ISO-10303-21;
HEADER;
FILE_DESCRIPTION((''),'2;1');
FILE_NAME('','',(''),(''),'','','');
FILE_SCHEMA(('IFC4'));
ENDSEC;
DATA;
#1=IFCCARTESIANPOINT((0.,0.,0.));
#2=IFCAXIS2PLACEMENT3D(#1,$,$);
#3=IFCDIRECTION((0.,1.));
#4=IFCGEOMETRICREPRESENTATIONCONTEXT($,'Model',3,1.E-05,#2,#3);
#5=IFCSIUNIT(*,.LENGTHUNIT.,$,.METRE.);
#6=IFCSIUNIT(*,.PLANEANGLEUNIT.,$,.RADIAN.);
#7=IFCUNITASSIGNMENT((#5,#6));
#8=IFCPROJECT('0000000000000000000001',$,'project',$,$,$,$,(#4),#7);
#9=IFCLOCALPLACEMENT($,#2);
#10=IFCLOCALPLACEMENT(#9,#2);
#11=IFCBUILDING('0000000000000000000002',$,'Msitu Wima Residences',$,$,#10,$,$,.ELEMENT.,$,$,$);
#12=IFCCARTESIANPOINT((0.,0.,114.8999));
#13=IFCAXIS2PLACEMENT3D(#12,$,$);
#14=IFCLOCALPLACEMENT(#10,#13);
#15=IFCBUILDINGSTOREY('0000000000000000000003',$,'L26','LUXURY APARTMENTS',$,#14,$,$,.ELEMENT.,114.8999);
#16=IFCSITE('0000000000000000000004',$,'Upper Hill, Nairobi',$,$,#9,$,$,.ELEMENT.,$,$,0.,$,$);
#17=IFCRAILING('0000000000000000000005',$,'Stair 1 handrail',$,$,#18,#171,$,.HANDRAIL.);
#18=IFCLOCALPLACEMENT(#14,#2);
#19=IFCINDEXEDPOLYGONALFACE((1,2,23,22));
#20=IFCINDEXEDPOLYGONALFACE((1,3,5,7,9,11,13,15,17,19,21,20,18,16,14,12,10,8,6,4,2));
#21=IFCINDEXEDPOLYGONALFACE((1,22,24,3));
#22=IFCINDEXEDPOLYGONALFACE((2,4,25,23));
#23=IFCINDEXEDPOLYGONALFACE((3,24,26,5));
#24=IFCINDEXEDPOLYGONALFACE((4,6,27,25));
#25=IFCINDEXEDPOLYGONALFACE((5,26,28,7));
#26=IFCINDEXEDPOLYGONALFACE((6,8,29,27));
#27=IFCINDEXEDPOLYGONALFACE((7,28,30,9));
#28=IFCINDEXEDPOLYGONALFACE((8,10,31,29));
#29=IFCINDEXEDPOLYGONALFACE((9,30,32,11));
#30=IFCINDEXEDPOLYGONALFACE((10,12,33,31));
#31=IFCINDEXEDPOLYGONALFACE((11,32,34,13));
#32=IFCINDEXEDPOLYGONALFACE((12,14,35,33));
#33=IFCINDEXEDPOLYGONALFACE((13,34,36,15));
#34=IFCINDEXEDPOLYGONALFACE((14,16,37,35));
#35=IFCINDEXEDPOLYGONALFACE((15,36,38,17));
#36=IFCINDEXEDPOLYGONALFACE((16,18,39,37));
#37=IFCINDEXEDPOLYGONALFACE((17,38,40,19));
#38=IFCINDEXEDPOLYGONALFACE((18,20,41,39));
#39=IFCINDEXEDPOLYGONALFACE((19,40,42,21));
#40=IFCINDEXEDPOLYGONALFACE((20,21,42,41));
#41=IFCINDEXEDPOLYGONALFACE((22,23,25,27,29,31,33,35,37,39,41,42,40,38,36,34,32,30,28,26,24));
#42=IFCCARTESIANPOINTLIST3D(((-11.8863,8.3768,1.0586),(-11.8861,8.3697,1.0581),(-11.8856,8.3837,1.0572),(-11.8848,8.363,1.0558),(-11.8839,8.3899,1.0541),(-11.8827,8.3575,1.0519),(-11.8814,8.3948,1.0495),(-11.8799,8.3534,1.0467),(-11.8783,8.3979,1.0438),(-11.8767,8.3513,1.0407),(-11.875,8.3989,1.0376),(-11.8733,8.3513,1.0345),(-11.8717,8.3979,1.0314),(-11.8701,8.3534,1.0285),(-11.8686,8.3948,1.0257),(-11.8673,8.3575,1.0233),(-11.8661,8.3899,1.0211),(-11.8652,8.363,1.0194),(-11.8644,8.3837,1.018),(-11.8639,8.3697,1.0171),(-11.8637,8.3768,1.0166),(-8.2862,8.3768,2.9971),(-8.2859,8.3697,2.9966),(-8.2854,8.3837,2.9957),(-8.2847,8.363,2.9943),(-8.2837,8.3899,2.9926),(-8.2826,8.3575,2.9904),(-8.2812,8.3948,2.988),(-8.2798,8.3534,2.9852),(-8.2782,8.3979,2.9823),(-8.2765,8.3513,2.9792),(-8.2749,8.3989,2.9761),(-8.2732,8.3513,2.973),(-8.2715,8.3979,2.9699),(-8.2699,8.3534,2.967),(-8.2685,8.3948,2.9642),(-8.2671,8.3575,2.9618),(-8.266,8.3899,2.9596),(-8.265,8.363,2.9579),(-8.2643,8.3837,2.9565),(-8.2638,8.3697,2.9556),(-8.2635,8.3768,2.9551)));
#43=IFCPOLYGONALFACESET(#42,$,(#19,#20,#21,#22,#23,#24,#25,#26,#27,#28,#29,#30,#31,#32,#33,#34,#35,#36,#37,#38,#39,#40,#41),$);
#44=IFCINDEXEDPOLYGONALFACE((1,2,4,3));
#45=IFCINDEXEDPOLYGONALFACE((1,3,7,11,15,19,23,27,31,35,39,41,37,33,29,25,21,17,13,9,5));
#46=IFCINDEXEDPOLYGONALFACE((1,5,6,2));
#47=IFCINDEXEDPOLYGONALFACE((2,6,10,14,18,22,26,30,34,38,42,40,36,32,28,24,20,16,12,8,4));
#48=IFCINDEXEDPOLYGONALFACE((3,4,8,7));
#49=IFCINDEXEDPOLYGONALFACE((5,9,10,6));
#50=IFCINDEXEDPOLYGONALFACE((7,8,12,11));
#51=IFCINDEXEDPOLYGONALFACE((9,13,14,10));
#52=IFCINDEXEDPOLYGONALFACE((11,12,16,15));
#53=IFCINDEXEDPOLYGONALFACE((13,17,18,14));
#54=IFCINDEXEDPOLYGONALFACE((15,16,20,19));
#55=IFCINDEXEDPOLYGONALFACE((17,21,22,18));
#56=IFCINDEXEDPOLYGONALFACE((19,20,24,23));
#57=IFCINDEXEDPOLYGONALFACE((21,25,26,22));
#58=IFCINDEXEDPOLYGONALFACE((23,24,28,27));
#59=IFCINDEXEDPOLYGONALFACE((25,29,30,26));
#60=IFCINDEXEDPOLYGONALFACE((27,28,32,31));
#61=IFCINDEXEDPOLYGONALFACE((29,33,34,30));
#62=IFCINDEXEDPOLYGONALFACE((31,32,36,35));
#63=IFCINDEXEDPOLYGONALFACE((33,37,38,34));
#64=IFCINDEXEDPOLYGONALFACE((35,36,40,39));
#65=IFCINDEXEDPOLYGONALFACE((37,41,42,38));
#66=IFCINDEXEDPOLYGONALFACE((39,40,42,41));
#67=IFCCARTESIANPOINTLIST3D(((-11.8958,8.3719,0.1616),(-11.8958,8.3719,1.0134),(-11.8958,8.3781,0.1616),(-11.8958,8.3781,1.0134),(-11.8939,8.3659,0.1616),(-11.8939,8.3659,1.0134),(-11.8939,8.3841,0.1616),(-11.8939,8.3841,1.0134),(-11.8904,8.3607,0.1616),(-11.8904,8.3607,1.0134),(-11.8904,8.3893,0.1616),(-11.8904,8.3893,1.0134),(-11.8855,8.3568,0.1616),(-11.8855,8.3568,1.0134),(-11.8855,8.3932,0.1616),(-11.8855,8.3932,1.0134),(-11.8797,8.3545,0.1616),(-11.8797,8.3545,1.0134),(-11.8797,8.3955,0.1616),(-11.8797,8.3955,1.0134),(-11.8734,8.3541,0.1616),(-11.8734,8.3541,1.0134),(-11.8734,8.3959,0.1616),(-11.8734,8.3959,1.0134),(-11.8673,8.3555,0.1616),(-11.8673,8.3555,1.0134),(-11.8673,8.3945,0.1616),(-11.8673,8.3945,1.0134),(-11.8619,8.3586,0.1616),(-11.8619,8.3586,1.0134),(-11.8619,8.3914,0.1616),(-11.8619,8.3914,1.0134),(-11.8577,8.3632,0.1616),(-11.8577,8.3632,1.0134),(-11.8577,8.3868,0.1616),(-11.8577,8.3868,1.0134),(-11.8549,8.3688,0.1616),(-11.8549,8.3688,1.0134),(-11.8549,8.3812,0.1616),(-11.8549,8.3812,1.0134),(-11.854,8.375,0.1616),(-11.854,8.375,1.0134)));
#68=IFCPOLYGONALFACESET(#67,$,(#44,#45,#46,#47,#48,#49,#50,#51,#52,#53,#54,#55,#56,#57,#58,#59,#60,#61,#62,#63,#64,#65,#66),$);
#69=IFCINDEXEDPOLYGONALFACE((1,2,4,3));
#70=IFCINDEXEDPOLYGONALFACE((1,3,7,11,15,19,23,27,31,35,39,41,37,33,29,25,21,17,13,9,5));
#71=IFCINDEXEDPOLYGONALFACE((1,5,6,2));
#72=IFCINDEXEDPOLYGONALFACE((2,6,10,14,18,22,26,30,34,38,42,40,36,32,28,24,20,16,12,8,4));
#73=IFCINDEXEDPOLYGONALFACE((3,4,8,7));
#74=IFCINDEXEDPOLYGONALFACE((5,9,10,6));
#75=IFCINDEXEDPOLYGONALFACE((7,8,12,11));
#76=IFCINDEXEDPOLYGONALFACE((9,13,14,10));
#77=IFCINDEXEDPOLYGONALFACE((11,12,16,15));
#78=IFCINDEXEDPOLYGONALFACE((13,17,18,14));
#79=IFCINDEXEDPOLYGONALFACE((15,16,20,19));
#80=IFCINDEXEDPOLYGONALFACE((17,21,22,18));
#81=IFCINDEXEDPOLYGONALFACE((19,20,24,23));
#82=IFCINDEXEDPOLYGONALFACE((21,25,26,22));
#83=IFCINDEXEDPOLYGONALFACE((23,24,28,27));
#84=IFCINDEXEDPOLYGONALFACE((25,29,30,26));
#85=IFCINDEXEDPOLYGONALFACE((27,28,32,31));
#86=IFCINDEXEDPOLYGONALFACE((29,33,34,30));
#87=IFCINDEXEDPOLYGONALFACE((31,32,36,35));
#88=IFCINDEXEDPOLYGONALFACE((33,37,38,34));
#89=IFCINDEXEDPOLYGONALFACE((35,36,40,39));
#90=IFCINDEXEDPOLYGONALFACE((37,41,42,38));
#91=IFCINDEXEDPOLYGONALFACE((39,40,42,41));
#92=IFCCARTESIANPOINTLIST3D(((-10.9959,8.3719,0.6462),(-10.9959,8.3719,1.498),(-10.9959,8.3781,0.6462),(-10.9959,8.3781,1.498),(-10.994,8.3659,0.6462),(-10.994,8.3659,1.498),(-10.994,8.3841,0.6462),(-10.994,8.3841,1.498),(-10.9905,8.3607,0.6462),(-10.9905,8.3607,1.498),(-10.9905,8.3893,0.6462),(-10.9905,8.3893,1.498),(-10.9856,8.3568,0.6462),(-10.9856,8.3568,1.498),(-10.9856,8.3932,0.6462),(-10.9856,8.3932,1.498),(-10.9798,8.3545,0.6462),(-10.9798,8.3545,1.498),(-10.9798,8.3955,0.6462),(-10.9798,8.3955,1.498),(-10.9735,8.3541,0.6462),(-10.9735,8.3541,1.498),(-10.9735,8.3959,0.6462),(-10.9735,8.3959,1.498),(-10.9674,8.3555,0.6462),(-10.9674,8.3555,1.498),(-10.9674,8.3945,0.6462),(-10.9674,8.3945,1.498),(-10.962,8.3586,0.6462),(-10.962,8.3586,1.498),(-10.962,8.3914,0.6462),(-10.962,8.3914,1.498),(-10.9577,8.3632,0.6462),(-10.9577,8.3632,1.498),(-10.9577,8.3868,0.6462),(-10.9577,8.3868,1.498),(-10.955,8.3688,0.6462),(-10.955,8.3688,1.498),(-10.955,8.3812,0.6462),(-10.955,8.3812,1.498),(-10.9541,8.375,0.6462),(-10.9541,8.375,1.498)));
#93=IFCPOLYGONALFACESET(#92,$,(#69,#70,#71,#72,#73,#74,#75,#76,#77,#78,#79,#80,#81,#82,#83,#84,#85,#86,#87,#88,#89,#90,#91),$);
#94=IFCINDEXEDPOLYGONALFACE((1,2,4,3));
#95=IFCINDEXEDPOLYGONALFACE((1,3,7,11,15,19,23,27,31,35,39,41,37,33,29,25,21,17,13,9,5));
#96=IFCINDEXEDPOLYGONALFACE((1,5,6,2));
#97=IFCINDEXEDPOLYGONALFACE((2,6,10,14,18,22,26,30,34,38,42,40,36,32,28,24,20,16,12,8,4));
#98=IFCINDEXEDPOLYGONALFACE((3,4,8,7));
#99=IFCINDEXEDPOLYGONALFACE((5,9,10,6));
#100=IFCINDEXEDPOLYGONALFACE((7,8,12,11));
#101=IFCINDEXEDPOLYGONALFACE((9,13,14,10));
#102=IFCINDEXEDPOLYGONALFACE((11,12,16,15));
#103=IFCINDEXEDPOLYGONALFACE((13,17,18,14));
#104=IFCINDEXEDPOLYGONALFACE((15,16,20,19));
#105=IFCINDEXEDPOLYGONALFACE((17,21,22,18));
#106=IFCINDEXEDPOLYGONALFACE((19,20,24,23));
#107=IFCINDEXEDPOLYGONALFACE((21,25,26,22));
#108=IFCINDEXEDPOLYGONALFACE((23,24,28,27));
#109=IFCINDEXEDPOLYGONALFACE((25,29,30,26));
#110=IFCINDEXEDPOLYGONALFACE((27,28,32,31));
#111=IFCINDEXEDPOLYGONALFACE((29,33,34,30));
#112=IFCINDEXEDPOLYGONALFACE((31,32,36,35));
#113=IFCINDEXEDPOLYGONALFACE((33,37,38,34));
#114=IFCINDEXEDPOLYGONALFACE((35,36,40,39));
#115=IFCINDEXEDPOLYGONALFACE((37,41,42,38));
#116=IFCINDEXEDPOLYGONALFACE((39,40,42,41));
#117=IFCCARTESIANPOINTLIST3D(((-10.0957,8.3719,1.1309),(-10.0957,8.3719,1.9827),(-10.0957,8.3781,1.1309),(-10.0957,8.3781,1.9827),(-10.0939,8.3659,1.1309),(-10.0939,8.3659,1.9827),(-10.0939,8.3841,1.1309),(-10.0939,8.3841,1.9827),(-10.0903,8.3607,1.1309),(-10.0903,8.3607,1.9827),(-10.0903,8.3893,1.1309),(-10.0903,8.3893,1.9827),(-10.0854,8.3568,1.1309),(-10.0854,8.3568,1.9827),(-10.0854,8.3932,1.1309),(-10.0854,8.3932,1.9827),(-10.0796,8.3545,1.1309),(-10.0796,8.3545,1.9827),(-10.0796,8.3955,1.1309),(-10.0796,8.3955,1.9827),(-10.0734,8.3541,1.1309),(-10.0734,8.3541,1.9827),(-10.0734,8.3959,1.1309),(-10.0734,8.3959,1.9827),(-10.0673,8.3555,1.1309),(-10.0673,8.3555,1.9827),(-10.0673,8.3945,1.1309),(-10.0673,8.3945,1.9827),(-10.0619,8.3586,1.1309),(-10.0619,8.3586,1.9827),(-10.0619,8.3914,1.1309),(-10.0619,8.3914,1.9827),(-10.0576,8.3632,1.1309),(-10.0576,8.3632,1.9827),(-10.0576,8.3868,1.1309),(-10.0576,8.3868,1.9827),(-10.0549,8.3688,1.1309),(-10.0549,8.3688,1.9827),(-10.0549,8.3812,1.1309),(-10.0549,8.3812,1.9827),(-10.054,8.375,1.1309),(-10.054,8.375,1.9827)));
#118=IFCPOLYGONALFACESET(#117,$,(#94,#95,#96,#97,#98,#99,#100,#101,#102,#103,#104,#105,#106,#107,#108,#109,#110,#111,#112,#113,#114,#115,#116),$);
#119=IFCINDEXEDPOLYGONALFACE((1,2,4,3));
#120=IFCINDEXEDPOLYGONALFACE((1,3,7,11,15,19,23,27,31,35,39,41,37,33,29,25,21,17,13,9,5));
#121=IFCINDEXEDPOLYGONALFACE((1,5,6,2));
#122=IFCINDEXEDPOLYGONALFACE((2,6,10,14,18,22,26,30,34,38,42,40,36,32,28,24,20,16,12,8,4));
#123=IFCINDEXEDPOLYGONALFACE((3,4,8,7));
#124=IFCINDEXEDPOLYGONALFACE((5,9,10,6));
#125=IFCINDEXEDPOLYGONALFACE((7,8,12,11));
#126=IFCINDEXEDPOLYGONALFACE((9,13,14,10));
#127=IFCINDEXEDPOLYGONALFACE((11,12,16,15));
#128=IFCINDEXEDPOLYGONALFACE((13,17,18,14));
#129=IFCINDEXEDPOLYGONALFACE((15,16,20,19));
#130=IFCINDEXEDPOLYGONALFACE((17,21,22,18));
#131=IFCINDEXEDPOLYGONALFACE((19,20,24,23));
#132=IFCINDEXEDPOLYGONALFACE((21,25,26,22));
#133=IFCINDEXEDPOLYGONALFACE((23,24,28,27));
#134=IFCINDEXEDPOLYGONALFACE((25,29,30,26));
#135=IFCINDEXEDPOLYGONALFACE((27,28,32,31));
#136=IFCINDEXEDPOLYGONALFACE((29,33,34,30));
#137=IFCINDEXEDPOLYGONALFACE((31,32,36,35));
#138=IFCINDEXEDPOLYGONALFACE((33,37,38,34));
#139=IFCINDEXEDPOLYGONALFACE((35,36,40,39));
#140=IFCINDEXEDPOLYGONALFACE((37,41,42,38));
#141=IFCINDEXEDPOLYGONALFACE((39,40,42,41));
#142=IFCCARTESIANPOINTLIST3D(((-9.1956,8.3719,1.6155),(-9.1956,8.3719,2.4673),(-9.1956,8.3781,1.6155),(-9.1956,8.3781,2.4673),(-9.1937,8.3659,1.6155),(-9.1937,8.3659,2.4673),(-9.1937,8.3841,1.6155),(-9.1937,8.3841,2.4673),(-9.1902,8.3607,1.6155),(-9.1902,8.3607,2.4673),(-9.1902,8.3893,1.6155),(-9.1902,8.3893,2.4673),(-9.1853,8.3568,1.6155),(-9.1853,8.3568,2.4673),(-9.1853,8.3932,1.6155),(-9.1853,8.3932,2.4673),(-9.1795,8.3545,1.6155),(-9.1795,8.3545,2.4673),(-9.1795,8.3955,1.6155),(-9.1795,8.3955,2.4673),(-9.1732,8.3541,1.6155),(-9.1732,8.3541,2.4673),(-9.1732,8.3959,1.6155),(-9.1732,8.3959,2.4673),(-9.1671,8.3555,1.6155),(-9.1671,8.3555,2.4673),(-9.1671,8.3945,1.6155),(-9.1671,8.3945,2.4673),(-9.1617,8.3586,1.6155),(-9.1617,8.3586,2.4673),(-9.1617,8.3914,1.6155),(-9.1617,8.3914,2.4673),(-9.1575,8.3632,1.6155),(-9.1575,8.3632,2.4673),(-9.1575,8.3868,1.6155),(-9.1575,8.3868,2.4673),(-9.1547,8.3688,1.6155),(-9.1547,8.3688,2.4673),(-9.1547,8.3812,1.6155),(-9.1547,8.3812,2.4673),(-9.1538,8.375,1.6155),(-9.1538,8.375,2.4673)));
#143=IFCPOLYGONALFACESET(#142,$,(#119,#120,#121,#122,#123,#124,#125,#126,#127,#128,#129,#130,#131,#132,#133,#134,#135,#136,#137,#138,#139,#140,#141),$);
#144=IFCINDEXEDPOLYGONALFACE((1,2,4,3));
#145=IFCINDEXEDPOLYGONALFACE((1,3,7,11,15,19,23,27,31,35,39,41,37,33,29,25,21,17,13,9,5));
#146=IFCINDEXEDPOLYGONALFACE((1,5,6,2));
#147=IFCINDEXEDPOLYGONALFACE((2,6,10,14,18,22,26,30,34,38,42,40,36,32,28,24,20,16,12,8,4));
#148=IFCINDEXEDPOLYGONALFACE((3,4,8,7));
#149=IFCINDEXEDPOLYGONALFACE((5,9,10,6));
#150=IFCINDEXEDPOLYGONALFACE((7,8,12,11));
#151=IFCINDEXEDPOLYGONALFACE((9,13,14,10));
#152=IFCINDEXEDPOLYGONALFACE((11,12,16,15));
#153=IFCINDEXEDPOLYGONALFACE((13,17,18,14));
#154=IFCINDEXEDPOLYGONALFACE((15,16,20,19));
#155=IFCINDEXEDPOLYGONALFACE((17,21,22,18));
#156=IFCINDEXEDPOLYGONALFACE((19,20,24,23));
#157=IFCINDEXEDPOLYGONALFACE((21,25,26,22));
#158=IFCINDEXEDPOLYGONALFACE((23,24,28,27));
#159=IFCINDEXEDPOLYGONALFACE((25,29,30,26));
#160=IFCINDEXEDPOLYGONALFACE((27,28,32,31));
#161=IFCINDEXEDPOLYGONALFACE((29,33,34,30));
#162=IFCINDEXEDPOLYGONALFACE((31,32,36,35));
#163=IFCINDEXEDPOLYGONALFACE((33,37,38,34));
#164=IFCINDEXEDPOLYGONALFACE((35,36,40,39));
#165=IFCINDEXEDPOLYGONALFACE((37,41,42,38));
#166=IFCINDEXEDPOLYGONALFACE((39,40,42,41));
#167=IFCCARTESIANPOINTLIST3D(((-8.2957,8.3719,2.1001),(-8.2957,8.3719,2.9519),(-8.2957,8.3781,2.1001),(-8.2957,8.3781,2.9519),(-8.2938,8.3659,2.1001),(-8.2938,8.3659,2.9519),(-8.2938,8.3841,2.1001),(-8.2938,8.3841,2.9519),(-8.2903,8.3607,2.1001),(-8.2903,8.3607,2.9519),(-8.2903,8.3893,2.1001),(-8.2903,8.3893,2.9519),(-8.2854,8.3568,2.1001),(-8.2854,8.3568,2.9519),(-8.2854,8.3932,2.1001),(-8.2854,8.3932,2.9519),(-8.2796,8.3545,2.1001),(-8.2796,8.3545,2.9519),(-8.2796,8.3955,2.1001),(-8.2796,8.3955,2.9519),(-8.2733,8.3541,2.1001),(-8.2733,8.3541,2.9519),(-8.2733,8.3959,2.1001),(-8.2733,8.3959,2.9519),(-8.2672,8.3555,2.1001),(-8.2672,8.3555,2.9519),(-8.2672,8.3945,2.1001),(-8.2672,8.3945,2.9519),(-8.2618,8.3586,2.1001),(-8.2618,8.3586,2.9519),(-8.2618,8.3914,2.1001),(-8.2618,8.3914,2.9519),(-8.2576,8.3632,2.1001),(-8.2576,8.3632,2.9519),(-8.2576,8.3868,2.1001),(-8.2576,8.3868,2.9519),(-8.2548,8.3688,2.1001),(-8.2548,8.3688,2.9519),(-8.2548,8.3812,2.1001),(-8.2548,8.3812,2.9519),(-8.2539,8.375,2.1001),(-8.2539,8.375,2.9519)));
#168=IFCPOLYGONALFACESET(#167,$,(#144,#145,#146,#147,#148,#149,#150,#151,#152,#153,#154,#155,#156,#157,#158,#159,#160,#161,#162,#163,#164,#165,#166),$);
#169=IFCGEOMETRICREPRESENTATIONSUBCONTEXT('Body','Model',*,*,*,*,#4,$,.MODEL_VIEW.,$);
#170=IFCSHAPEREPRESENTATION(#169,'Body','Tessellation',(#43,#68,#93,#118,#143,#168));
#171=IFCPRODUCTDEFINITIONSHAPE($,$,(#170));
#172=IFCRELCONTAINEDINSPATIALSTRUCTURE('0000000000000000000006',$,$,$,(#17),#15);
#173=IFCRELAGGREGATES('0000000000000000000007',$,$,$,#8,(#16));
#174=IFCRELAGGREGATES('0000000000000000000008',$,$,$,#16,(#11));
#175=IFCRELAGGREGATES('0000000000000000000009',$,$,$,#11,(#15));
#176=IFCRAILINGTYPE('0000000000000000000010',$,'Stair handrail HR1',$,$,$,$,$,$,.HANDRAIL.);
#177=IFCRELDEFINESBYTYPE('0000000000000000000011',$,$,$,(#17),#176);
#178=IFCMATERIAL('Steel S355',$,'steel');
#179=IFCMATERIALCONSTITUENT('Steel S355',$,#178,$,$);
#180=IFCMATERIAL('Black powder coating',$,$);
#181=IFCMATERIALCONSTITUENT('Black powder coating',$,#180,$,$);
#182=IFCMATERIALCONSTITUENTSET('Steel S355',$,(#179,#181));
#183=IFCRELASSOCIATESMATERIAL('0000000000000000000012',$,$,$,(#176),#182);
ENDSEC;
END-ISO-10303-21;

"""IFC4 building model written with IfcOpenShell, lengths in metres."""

from ifc_helpers import new_model, si_unit, direction, frame, origin, origin_2d, place, context, subcontext, project, spatial, circle, extrude, material, constituent, constituent_set, type_object, element, save


model = new_model("IFC4")

# Units and contexts
model_context = context("Model", 3, precision=1e-05, world=origin(), true_north=direction((0.0, 1.0)))
body_context = subcontext(model_context, "Body", "Model", "MODEL_VIEW")
ifc_project = project(units=[si_unit("LENGTHUNIT", "METRE"), si_unit("PLANEANGLEUNIT", "RADIAN")], contexts=[model_context])

# Site, building, storey
site_placement = place(None, origin())
site = spatial("IfcSite", under=ifc_project, at=site_placement, Name="Upper Hill, Nairobi", CompositionType="ELEMENT", RefElevation=0.0)
building_placement = place(site_placement, origin())
building = spatial("IfcBuilding", under=site, at=building_placement, Name="Msitu Wima Residences", CompositionType="ELEMENT")
storey_placement = place(building_placement, frame((0.0, 0.0, 114.8999)))
storey = spatial("IfcBuildingStorey", under=building, at=storey_placement, Name="L26", Description="LUXURY APARTMENTS", CompositionType="ELEMENT", Elevation=114.8999)

# Railing
ifc_material_1 = material(Name="Steel S355", Category="steel")
ifc_constituent_1 = constituent(ifc_material_1, Name="Steel S355")
ifc_material_2 = material(Name="Black powder coating")
ifc_constituent_2 = constituent(ifc_material_2, Name="Black powder coating")
ifc_constituent_set = constituent_set(constituents=[ifc_constituent_1, ifc_constituent_2], Name="Steel S355")
railing_type = type_object("IfcRailingType", Name="Stair handrail HR1", PredefinedType="HANDRAIL", material=ifc_constituent_set)
for number, where, name in (
    (1, (-11.875, 8.375, 0.1616), "Stair 1 handrail"),
):
    element("IfcRailing", number, at=place(storey_placement, frame(where)), inside=storey, type_object=railing_type, Name=name, PredefinedType="HANDRAIL", context=body_context, shape_type="SweptSolid", body=[
        extrude(circle(Radius=0.0239, at=origin_2d()), frame((0.0, 0.0, 0.876), z_axis=(0.880475, 0.0, 0.474093), x_axis=(0.0, 1.0, 0.0)), (0.0, 0.0, 1.0), 4.0889),
        extrude(circle(Radius=0.021, at=origin_2d()), origin(), (0.0, 0.0, 1.0), 0.8518),
        extrude(circle(Radius=0.021, at=origin_2d()), frame((0.8999, 0.0, 0.4846)), (0.0, 0.0, 1.0), 0.8518),
        extrude(circle(Radius=0.021, at=origin_2d()), frame((1.8, 0.0, 0.9692)), (0.0, 0.0, 1.0), 0.8518),
        extrude(circle(Radius=0.021, at=origin_2d()), frame((2.7002, 0.0, 1.4539)), (0.0, 0.0, 1.0), 0.8518),
        extrude(circle(Radius=0.021, at=origin_2d()), frame((3.6001, 0.0, 1.9385)), (0.0, 0.0, 1.0), 0.8518),
    ])

save(model, "model.ifc")
